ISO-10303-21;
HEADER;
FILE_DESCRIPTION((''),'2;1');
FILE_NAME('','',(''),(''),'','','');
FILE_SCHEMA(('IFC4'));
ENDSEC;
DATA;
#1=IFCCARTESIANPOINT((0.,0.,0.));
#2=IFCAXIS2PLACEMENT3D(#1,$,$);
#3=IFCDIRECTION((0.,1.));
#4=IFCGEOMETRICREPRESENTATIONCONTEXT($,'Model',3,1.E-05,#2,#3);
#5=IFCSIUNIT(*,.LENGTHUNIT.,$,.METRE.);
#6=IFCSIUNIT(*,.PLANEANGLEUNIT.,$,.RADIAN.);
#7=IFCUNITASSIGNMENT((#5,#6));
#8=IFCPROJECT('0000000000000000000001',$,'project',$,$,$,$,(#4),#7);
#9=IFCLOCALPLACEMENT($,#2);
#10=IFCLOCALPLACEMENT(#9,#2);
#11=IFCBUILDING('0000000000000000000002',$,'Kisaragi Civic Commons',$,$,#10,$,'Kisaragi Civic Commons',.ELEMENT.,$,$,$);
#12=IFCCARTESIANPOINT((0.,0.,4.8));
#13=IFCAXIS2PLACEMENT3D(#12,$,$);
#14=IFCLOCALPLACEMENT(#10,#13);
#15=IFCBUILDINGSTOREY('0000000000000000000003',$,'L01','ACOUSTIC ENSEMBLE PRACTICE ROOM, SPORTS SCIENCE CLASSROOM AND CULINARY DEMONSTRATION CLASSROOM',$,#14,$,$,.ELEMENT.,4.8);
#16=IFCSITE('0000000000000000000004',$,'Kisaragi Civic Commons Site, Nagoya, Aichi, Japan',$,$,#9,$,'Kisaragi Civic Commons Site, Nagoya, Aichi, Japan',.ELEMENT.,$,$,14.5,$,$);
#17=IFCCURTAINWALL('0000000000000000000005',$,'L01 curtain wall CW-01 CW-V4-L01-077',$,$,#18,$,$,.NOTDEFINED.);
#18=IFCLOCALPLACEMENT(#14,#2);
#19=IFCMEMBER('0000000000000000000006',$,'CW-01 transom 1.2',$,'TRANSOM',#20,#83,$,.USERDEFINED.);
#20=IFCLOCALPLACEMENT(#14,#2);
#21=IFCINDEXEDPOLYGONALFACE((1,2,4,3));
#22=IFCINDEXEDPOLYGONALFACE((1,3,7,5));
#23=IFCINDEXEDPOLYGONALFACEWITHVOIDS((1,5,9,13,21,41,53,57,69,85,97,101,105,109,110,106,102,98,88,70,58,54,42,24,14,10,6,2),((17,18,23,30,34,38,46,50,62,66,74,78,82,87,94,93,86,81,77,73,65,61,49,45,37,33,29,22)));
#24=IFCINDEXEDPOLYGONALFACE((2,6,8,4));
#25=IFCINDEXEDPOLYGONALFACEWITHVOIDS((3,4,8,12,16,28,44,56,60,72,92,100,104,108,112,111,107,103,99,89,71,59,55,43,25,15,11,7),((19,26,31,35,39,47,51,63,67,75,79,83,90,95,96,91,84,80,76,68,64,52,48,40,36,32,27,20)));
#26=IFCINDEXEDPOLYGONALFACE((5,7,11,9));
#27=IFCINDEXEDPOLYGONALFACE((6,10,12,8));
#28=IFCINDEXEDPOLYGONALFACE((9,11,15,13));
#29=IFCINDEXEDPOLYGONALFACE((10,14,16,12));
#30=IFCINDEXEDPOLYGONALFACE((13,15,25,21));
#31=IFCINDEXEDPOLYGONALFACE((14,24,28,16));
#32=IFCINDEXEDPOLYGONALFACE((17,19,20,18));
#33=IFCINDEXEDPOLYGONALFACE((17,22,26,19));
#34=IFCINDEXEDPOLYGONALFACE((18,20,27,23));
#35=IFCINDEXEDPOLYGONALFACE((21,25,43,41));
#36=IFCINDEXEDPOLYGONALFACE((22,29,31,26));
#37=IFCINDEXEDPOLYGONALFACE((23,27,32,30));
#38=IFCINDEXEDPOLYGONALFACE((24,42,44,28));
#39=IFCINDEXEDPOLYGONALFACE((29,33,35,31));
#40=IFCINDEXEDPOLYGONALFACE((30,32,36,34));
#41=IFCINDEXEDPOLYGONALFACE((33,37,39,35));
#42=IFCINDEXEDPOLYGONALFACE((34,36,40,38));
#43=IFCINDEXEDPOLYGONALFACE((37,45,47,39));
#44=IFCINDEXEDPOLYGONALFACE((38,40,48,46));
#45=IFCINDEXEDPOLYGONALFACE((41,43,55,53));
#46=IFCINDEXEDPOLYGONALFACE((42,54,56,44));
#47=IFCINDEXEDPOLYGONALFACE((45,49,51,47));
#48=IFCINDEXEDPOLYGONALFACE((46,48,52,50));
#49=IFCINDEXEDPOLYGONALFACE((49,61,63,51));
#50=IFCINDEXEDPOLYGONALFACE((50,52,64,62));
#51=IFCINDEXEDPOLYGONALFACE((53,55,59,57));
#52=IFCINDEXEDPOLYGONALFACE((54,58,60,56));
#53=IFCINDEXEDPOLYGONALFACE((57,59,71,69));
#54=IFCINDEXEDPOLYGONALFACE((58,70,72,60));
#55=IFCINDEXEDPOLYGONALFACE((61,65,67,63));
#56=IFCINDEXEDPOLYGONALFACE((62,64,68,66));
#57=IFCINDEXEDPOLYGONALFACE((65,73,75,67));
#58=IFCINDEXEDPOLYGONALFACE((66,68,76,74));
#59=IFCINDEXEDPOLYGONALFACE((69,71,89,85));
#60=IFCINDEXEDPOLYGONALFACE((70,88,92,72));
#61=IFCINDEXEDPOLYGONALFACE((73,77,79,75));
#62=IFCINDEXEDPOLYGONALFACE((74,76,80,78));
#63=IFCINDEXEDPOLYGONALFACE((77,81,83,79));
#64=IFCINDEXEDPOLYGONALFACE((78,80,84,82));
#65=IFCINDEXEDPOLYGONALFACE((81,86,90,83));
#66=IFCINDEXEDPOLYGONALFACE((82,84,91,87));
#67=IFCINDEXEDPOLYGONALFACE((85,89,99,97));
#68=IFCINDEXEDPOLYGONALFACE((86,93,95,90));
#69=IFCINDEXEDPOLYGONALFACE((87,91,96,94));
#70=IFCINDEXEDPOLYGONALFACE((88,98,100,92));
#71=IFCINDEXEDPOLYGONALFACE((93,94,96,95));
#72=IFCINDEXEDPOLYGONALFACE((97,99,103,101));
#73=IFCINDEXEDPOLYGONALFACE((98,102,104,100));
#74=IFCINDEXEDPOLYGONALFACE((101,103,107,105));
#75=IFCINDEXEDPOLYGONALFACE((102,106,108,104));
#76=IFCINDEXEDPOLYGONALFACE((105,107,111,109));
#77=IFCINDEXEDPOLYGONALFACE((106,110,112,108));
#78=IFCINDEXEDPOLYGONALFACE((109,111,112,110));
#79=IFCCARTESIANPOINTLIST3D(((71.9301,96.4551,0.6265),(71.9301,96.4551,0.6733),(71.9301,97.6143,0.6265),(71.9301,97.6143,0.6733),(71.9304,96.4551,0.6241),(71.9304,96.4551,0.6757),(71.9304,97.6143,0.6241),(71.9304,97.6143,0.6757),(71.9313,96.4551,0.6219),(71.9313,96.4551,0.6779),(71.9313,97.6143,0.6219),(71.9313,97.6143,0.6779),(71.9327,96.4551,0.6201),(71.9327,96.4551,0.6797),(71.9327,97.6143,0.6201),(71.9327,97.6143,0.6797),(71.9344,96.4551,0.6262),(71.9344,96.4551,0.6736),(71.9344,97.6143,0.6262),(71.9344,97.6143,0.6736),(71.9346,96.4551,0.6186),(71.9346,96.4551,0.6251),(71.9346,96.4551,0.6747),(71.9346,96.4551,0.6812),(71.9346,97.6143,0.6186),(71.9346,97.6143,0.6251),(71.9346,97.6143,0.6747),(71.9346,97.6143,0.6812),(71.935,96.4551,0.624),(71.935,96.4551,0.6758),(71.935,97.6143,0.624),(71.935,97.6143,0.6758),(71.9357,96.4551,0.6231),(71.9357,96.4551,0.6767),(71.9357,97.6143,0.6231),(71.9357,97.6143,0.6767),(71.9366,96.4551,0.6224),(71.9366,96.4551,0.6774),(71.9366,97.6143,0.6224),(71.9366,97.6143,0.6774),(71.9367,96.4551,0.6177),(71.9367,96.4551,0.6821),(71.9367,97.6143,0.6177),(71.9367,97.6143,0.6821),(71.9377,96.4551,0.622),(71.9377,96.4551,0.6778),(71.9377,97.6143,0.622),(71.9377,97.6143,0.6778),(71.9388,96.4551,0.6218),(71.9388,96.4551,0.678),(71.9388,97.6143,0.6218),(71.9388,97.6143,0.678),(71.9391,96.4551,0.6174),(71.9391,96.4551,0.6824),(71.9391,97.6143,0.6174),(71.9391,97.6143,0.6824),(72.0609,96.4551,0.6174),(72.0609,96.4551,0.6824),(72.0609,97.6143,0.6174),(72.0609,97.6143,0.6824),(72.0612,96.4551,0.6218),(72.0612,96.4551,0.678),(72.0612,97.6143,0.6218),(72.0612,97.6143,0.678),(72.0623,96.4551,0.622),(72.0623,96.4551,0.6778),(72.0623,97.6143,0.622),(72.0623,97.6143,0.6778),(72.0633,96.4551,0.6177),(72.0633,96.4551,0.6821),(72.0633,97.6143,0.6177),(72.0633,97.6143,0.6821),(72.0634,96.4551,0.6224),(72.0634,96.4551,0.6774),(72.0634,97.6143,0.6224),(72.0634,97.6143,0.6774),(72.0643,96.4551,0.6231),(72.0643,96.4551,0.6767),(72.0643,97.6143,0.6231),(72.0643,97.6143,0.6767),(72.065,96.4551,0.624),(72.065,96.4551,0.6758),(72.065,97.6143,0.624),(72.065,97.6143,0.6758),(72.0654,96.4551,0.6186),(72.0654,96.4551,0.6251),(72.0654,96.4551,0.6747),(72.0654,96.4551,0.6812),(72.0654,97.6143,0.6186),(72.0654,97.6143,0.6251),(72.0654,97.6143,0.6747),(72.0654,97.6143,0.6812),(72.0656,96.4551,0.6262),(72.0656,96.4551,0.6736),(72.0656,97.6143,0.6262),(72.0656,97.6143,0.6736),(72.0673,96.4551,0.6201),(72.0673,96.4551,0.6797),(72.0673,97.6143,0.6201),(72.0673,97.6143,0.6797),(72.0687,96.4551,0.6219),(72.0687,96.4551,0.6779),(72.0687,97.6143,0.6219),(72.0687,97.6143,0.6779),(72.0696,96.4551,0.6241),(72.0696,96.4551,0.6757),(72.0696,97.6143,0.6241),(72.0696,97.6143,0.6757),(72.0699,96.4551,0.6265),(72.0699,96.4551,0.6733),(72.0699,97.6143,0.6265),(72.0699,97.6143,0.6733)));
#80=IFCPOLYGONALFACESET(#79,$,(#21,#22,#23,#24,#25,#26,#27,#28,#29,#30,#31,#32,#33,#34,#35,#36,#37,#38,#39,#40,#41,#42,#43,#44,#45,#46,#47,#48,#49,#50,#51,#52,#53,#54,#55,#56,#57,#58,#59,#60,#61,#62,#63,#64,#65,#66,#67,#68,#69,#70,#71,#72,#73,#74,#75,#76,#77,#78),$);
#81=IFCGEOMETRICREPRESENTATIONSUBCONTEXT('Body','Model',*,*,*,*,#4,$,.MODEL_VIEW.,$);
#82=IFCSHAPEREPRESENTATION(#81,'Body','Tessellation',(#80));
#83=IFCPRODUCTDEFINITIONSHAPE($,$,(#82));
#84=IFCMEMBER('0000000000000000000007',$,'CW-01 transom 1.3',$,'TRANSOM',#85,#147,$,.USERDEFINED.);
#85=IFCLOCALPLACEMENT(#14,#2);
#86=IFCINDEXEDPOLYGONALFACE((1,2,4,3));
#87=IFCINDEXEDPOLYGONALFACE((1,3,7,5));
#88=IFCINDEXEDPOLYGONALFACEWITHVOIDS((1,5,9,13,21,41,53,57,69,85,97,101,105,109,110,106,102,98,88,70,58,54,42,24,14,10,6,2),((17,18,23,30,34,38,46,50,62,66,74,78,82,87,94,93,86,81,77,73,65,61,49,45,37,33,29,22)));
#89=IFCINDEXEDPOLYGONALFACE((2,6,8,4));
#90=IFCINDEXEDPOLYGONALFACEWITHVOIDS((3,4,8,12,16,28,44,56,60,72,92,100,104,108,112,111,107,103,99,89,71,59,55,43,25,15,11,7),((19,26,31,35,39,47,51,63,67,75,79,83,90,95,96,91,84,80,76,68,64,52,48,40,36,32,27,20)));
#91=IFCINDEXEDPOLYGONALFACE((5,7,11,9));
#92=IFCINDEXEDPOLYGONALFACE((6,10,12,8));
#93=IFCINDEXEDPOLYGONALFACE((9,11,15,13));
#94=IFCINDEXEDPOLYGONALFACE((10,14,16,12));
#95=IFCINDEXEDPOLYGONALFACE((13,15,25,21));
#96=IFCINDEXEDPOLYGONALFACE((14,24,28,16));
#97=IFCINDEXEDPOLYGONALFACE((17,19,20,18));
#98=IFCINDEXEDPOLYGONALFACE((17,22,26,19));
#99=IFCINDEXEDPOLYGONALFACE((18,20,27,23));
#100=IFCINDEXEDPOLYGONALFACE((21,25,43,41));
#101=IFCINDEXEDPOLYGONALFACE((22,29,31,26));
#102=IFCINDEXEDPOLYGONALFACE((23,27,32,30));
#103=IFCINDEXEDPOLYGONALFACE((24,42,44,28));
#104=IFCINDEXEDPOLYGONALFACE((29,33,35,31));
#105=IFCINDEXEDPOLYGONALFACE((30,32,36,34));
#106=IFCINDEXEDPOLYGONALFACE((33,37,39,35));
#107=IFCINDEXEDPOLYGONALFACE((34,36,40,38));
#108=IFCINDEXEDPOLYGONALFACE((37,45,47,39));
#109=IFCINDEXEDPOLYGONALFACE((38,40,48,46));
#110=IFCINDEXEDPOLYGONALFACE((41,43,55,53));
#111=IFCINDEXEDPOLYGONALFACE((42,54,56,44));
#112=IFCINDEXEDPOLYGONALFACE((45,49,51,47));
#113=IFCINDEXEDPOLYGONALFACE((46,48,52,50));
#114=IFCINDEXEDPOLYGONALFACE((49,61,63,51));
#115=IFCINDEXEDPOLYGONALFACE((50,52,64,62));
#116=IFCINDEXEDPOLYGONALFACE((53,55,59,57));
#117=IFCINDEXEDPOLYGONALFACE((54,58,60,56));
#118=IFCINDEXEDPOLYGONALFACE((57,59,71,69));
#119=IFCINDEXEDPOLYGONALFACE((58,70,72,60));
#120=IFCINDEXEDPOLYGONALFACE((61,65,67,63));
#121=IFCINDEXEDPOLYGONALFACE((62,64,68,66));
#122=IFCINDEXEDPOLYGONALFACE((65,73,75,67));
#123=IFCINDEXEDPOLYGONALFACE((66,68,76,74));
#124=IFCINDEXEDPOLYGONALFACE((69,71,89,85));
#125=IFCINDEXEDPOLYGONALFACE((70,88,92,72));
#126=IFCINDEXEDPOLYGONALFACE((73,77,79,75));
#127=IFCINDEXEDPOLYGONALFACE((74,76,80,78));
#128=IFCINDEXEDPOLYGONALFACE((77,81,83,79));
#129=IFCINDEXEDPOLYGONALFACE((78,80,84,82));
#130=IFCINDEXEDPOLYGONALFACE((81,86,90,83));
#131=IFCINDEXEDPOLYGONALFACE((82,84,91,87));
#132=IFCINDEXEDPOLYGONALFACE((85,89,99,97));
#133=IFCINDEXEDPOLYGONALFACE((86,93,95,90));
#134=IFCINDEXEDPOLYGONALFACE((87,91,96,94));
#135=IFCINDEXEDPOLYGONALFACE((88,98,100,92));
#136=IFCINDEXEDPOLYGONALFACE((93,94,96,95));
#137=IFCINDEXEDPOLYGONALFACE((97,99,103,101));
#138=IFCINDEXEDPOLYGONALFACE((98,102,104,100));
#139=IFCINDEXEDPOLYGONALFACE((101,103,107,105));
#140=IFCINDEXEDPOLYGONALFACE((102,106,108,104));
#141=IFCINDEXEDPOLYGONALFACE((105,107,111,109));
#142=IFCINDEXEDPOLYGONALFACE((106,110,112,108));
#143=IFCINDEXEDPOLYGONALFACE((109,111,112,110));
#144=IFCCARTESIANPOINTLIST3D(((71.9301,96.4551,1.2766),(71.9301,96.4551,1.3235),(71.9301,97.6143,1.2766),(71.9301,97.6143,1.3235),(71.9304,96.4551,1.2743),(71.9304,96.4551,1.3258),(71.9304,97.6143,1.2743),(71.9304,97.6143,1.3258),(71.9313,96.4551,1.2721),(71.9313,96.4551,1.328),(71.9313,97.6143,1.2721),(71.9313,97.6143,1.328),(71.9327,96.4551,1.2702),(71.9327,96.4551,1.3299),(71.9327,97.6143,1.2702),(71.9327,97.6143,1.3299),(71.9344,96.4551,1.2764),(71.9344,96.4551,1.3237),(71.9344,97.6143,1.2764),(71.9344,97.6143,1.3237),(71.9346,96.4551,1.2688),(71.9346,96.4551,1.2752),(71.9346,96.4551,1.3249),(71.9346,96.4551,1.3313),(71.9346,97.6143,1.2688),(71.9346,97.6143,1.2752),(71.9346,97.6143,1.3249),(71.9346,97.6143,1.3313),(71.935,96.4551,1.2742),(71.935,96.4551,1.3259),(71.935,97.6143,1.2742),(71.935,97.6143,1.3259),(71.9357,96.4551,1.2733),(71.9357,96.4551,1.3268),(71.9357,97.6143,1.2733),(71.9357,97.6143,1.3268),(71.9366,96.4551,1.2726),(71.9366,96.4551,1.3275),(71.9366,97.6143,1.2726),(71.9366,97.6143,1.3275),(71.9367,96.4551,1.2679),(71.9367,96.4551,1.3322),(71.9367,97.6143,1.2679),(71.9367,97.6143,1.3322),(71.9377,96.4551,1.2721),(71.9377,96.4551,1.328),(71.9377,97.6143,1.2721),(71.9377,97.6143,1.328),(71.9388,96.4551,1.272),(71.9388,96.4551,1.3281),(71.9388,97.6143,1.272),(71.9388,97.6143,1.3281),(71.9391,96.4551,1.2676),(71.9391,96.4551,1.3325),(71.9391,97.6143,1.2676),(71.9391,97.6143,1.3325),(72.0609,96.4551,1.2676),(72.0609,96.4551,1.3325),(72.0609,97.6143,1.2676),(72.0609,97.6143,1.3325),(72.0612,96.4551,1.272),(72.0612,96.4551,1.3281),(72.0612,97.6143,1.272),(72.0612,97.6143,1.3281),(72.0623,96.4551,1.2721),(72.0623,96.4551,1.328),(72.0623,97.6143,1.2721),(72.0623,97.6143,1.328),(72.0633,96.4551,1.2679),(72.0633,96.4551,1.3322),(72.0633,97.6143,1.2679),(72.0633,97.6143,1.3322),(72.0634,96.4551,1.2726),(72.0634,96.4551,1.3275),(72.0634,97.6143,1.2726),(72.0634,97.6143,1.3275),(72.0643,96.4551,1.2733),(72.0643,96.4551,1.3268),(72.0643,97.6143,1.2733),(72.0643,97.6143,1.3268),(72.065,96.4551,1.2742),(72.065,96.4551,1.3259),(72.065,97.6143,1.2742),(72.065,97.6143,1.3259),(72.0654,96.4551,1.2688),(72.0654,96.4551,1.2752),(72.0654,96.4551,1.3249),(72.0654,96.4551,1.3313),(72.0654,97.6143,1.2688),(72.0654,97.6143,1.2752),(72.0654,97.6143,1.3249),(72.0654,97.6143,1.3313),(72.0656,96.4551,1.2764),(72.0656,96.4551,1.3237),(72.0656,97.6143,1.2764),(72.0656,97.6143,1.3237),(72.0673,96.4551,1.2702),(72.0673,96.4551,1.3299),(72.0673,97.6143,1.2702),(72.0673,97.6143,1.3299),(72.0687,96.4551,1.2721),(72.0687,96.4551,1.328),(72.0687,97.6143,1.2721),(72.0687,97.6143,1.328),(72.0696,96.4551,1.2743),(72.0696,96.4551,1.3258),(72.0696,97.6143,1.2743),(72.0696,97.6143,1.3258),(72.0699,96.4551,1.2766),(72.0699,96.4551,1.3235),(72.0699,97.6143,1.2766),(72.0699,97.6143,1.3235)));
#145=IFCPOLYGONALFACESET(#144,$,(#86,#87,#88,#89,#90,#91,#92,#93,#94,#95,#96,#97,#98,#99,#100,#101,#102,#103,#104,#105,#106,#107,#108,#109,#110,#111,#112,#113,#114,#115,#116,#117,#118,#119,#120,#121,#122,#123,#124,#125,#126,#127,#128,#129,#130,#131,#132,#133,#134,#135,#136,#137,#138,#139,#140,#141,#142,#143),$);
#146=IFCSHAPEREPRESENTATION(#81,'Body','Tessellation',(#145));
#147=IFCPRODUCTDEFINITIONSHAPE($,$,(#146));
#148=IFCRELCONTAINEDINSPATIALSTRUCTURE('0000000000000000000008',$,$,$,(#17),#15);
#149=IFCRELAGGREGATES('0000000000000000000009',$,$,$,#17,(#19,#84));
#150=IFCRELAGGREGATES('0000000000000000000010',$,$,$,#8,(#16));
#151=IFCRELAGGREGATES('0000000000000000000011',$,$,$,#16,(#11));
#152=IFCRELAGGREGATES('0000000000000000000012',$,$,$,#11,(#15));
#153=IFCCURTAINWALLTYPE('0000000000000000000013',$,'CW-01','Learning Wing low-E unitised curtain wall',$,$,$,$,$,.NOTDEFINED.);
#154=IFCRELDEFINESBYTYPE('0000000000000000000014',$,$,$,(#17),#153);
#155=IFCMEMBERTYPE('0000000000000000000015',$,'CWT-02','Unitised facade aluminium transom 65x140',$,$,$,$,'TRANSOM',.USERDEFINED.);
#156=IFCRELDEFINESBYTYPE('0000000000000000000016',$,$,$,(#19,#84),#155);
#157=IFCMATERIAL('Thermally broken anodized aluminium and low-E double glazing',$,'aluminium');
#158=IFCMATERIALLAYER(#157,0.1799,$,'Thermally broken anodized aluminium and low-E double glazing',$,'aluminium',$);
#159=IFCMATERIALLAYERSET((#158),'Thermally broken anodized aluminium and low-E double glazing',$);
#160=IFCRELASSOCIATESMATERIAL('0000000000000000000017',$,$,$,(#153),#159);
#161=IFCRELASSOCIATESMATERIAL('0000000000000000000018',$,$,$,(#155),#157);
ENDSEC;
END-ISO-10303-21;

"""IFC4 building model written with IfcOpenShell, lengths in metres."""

from ifc_helpers import new_model, si_unit, direction, frame, origin, origin_2d, place, context, subcontext, project, spatial, hollow_rectangle, extrude, material, layer, layer_set, material_profile, profile_set, type_object, element, aggregate, save


model = new_model("IFC4")

# Units and contexts
model_context = context("Model", 3, precision=1e-05, world=origin(), true_north=direction((0.0, 1.0)))
body_context = subcontext(model_context, "Body", "Model", "MODEL_VIEW")
ifc_project = project(units=[si_unit("LENGTHUNIT", "METRE"), si_unit("PLANEANGLEUNIT", "RADIAN")], contexts=[model_context])

# Site, building, storey
site_placement = place(None, origin())
site = spatial("IfcSite", under=ifc_project, at=site_placement, Name="Kisaragi Civic Commons Site, Nagoya, Aichi, Japan", LongName="Kisaragi Civic Commons Site, Nagoya, Aichi, Japan", CompositionType="ELEMENT", RefElevation=14.5)
building_placement = place(site_placement, origin())
building = spatial("IfcBuilding", under=site, at=building_placement, Name="Kisaragi Civic Commons", LongName="Kisaragi Civic Commons", CompositionType="ELEMENT")
storey_placement = place(building_placement, frame((0.0, 0.0, 4.8)))
storey = spatial("IfcBuildingStorey", under=building, at=storey_placement, Name="L01", Description="ACOUSTIC ENSEMBLE PRACTICE ROOM, SPORTS SCIENCE CLASSROOM AND CULINARY DEMONSTRATION CLASSROOM", CompositionType="ELEMENT", Elevation=4.8)

# Curtain wall, members
ifc_material_1 = material(Name="Thermally broken anodized aluminium and low-E double glazing", Category="aluminium")
ifc_layer_1 = layer(ifc_material_1, 0.1799, Name="Thermally broken anodized aluminium and low-E double glazing", Category="aluminium")
ifc_layer_set_1 = layer_set([ifc_layer_1], Name="Thermally broken anodized aluminium and low-E double glazing")
curtain_wall_type = type_object("IfcCurtainWallType", Name="CW-01", Description="Learning Wing low-E unitised curtain wall", PredefinedType="NOTDEFINED", material=ifc_layer_set_1)
curtain_wall_placement = place(storey_placement, origin())
curtain_wall = element("IfcCurtainWall", 1, at=curtain_wall_placement, inside=storey, type_object=curtain_wall_type, Name="L01 curtain wall CW-01 CW-V4-L01-077", PredefinedType="NOTDEFINED")
ifc_material_profile_1 = material_profile(ifc_material_1, hollow_rectangle(XDim=0.1399, YDim=0.0649, WallThickness=0.0044, InnerFilletRadius=0.0044, OuterFilletRadius=0.009, at=origin_2d()), Name="CWT-65x140x4.5", Category="aluminium")
ifc_profile_set_1 = profile_set([ifc_material_profile_1], Name="Thermally broken anodized aluminium and low-E double glazing")
member_type_1 = type_object("IfcMemberType", Name="CWT-02", Description="Unitised facade aluminium transom 65x140", ElementType="TRANSOM", PredefinedType="USERDEFINED", material=ifc_profile_set_1)
member_1_placement = place(storey_placement, frame((72.0, 96.4551, 0.6499), z_axis=(0.0, 1.0, 0.0), x_axis=(-1.0, 0.0, 0.0)))
member_1 = element("IfcMember", 2, at=member_1_placement, type_object=member_type_1, Name="CW-01 transom 1.2", ObjectType="TRANSOM", PredefinedType="USERDEFINED", context=body_context, shape_type="SweptSolid", body=[
    extrude(hollow_rectangle(XDim=0.1399, YDim=0.0649, WallThickness=0.0044, InnerFilletRadius=0.0044, OuterFilletRadius=0.009, at=origin_2d()), origin(), (0.0, 0.0, 1.0), 1.1592),
])
member_2_placement = place(storey_placement, frame((72.0, 96.4551, 1.3), z_axis=(0.0, 1.0, 0.0), x_axis=(-1.0, 0.0, 0.0)))
member_2 = element("IfcMember", 3, at=member_2_placement, type_object=member_type_1, Name="CW-01 transom 1.3", ObjectType="TRANSOM", PredefinedType="USERDEFINED", context=body_context, shape_type="SweptSolid", body=[
    extrude(hollow_rectangle(XDim=0.1399, YDim=0.0649, WallThickness=0.0044, InnerFilletRadius=0.0044, OuterFilletRadius=0.009, at=origin_2d()), origin(), (0.0, 0.0, 1.0), 1.1592),
])

aggregate(curtain_wall, [member_1, member_2])

save(model, "model.ifc")
